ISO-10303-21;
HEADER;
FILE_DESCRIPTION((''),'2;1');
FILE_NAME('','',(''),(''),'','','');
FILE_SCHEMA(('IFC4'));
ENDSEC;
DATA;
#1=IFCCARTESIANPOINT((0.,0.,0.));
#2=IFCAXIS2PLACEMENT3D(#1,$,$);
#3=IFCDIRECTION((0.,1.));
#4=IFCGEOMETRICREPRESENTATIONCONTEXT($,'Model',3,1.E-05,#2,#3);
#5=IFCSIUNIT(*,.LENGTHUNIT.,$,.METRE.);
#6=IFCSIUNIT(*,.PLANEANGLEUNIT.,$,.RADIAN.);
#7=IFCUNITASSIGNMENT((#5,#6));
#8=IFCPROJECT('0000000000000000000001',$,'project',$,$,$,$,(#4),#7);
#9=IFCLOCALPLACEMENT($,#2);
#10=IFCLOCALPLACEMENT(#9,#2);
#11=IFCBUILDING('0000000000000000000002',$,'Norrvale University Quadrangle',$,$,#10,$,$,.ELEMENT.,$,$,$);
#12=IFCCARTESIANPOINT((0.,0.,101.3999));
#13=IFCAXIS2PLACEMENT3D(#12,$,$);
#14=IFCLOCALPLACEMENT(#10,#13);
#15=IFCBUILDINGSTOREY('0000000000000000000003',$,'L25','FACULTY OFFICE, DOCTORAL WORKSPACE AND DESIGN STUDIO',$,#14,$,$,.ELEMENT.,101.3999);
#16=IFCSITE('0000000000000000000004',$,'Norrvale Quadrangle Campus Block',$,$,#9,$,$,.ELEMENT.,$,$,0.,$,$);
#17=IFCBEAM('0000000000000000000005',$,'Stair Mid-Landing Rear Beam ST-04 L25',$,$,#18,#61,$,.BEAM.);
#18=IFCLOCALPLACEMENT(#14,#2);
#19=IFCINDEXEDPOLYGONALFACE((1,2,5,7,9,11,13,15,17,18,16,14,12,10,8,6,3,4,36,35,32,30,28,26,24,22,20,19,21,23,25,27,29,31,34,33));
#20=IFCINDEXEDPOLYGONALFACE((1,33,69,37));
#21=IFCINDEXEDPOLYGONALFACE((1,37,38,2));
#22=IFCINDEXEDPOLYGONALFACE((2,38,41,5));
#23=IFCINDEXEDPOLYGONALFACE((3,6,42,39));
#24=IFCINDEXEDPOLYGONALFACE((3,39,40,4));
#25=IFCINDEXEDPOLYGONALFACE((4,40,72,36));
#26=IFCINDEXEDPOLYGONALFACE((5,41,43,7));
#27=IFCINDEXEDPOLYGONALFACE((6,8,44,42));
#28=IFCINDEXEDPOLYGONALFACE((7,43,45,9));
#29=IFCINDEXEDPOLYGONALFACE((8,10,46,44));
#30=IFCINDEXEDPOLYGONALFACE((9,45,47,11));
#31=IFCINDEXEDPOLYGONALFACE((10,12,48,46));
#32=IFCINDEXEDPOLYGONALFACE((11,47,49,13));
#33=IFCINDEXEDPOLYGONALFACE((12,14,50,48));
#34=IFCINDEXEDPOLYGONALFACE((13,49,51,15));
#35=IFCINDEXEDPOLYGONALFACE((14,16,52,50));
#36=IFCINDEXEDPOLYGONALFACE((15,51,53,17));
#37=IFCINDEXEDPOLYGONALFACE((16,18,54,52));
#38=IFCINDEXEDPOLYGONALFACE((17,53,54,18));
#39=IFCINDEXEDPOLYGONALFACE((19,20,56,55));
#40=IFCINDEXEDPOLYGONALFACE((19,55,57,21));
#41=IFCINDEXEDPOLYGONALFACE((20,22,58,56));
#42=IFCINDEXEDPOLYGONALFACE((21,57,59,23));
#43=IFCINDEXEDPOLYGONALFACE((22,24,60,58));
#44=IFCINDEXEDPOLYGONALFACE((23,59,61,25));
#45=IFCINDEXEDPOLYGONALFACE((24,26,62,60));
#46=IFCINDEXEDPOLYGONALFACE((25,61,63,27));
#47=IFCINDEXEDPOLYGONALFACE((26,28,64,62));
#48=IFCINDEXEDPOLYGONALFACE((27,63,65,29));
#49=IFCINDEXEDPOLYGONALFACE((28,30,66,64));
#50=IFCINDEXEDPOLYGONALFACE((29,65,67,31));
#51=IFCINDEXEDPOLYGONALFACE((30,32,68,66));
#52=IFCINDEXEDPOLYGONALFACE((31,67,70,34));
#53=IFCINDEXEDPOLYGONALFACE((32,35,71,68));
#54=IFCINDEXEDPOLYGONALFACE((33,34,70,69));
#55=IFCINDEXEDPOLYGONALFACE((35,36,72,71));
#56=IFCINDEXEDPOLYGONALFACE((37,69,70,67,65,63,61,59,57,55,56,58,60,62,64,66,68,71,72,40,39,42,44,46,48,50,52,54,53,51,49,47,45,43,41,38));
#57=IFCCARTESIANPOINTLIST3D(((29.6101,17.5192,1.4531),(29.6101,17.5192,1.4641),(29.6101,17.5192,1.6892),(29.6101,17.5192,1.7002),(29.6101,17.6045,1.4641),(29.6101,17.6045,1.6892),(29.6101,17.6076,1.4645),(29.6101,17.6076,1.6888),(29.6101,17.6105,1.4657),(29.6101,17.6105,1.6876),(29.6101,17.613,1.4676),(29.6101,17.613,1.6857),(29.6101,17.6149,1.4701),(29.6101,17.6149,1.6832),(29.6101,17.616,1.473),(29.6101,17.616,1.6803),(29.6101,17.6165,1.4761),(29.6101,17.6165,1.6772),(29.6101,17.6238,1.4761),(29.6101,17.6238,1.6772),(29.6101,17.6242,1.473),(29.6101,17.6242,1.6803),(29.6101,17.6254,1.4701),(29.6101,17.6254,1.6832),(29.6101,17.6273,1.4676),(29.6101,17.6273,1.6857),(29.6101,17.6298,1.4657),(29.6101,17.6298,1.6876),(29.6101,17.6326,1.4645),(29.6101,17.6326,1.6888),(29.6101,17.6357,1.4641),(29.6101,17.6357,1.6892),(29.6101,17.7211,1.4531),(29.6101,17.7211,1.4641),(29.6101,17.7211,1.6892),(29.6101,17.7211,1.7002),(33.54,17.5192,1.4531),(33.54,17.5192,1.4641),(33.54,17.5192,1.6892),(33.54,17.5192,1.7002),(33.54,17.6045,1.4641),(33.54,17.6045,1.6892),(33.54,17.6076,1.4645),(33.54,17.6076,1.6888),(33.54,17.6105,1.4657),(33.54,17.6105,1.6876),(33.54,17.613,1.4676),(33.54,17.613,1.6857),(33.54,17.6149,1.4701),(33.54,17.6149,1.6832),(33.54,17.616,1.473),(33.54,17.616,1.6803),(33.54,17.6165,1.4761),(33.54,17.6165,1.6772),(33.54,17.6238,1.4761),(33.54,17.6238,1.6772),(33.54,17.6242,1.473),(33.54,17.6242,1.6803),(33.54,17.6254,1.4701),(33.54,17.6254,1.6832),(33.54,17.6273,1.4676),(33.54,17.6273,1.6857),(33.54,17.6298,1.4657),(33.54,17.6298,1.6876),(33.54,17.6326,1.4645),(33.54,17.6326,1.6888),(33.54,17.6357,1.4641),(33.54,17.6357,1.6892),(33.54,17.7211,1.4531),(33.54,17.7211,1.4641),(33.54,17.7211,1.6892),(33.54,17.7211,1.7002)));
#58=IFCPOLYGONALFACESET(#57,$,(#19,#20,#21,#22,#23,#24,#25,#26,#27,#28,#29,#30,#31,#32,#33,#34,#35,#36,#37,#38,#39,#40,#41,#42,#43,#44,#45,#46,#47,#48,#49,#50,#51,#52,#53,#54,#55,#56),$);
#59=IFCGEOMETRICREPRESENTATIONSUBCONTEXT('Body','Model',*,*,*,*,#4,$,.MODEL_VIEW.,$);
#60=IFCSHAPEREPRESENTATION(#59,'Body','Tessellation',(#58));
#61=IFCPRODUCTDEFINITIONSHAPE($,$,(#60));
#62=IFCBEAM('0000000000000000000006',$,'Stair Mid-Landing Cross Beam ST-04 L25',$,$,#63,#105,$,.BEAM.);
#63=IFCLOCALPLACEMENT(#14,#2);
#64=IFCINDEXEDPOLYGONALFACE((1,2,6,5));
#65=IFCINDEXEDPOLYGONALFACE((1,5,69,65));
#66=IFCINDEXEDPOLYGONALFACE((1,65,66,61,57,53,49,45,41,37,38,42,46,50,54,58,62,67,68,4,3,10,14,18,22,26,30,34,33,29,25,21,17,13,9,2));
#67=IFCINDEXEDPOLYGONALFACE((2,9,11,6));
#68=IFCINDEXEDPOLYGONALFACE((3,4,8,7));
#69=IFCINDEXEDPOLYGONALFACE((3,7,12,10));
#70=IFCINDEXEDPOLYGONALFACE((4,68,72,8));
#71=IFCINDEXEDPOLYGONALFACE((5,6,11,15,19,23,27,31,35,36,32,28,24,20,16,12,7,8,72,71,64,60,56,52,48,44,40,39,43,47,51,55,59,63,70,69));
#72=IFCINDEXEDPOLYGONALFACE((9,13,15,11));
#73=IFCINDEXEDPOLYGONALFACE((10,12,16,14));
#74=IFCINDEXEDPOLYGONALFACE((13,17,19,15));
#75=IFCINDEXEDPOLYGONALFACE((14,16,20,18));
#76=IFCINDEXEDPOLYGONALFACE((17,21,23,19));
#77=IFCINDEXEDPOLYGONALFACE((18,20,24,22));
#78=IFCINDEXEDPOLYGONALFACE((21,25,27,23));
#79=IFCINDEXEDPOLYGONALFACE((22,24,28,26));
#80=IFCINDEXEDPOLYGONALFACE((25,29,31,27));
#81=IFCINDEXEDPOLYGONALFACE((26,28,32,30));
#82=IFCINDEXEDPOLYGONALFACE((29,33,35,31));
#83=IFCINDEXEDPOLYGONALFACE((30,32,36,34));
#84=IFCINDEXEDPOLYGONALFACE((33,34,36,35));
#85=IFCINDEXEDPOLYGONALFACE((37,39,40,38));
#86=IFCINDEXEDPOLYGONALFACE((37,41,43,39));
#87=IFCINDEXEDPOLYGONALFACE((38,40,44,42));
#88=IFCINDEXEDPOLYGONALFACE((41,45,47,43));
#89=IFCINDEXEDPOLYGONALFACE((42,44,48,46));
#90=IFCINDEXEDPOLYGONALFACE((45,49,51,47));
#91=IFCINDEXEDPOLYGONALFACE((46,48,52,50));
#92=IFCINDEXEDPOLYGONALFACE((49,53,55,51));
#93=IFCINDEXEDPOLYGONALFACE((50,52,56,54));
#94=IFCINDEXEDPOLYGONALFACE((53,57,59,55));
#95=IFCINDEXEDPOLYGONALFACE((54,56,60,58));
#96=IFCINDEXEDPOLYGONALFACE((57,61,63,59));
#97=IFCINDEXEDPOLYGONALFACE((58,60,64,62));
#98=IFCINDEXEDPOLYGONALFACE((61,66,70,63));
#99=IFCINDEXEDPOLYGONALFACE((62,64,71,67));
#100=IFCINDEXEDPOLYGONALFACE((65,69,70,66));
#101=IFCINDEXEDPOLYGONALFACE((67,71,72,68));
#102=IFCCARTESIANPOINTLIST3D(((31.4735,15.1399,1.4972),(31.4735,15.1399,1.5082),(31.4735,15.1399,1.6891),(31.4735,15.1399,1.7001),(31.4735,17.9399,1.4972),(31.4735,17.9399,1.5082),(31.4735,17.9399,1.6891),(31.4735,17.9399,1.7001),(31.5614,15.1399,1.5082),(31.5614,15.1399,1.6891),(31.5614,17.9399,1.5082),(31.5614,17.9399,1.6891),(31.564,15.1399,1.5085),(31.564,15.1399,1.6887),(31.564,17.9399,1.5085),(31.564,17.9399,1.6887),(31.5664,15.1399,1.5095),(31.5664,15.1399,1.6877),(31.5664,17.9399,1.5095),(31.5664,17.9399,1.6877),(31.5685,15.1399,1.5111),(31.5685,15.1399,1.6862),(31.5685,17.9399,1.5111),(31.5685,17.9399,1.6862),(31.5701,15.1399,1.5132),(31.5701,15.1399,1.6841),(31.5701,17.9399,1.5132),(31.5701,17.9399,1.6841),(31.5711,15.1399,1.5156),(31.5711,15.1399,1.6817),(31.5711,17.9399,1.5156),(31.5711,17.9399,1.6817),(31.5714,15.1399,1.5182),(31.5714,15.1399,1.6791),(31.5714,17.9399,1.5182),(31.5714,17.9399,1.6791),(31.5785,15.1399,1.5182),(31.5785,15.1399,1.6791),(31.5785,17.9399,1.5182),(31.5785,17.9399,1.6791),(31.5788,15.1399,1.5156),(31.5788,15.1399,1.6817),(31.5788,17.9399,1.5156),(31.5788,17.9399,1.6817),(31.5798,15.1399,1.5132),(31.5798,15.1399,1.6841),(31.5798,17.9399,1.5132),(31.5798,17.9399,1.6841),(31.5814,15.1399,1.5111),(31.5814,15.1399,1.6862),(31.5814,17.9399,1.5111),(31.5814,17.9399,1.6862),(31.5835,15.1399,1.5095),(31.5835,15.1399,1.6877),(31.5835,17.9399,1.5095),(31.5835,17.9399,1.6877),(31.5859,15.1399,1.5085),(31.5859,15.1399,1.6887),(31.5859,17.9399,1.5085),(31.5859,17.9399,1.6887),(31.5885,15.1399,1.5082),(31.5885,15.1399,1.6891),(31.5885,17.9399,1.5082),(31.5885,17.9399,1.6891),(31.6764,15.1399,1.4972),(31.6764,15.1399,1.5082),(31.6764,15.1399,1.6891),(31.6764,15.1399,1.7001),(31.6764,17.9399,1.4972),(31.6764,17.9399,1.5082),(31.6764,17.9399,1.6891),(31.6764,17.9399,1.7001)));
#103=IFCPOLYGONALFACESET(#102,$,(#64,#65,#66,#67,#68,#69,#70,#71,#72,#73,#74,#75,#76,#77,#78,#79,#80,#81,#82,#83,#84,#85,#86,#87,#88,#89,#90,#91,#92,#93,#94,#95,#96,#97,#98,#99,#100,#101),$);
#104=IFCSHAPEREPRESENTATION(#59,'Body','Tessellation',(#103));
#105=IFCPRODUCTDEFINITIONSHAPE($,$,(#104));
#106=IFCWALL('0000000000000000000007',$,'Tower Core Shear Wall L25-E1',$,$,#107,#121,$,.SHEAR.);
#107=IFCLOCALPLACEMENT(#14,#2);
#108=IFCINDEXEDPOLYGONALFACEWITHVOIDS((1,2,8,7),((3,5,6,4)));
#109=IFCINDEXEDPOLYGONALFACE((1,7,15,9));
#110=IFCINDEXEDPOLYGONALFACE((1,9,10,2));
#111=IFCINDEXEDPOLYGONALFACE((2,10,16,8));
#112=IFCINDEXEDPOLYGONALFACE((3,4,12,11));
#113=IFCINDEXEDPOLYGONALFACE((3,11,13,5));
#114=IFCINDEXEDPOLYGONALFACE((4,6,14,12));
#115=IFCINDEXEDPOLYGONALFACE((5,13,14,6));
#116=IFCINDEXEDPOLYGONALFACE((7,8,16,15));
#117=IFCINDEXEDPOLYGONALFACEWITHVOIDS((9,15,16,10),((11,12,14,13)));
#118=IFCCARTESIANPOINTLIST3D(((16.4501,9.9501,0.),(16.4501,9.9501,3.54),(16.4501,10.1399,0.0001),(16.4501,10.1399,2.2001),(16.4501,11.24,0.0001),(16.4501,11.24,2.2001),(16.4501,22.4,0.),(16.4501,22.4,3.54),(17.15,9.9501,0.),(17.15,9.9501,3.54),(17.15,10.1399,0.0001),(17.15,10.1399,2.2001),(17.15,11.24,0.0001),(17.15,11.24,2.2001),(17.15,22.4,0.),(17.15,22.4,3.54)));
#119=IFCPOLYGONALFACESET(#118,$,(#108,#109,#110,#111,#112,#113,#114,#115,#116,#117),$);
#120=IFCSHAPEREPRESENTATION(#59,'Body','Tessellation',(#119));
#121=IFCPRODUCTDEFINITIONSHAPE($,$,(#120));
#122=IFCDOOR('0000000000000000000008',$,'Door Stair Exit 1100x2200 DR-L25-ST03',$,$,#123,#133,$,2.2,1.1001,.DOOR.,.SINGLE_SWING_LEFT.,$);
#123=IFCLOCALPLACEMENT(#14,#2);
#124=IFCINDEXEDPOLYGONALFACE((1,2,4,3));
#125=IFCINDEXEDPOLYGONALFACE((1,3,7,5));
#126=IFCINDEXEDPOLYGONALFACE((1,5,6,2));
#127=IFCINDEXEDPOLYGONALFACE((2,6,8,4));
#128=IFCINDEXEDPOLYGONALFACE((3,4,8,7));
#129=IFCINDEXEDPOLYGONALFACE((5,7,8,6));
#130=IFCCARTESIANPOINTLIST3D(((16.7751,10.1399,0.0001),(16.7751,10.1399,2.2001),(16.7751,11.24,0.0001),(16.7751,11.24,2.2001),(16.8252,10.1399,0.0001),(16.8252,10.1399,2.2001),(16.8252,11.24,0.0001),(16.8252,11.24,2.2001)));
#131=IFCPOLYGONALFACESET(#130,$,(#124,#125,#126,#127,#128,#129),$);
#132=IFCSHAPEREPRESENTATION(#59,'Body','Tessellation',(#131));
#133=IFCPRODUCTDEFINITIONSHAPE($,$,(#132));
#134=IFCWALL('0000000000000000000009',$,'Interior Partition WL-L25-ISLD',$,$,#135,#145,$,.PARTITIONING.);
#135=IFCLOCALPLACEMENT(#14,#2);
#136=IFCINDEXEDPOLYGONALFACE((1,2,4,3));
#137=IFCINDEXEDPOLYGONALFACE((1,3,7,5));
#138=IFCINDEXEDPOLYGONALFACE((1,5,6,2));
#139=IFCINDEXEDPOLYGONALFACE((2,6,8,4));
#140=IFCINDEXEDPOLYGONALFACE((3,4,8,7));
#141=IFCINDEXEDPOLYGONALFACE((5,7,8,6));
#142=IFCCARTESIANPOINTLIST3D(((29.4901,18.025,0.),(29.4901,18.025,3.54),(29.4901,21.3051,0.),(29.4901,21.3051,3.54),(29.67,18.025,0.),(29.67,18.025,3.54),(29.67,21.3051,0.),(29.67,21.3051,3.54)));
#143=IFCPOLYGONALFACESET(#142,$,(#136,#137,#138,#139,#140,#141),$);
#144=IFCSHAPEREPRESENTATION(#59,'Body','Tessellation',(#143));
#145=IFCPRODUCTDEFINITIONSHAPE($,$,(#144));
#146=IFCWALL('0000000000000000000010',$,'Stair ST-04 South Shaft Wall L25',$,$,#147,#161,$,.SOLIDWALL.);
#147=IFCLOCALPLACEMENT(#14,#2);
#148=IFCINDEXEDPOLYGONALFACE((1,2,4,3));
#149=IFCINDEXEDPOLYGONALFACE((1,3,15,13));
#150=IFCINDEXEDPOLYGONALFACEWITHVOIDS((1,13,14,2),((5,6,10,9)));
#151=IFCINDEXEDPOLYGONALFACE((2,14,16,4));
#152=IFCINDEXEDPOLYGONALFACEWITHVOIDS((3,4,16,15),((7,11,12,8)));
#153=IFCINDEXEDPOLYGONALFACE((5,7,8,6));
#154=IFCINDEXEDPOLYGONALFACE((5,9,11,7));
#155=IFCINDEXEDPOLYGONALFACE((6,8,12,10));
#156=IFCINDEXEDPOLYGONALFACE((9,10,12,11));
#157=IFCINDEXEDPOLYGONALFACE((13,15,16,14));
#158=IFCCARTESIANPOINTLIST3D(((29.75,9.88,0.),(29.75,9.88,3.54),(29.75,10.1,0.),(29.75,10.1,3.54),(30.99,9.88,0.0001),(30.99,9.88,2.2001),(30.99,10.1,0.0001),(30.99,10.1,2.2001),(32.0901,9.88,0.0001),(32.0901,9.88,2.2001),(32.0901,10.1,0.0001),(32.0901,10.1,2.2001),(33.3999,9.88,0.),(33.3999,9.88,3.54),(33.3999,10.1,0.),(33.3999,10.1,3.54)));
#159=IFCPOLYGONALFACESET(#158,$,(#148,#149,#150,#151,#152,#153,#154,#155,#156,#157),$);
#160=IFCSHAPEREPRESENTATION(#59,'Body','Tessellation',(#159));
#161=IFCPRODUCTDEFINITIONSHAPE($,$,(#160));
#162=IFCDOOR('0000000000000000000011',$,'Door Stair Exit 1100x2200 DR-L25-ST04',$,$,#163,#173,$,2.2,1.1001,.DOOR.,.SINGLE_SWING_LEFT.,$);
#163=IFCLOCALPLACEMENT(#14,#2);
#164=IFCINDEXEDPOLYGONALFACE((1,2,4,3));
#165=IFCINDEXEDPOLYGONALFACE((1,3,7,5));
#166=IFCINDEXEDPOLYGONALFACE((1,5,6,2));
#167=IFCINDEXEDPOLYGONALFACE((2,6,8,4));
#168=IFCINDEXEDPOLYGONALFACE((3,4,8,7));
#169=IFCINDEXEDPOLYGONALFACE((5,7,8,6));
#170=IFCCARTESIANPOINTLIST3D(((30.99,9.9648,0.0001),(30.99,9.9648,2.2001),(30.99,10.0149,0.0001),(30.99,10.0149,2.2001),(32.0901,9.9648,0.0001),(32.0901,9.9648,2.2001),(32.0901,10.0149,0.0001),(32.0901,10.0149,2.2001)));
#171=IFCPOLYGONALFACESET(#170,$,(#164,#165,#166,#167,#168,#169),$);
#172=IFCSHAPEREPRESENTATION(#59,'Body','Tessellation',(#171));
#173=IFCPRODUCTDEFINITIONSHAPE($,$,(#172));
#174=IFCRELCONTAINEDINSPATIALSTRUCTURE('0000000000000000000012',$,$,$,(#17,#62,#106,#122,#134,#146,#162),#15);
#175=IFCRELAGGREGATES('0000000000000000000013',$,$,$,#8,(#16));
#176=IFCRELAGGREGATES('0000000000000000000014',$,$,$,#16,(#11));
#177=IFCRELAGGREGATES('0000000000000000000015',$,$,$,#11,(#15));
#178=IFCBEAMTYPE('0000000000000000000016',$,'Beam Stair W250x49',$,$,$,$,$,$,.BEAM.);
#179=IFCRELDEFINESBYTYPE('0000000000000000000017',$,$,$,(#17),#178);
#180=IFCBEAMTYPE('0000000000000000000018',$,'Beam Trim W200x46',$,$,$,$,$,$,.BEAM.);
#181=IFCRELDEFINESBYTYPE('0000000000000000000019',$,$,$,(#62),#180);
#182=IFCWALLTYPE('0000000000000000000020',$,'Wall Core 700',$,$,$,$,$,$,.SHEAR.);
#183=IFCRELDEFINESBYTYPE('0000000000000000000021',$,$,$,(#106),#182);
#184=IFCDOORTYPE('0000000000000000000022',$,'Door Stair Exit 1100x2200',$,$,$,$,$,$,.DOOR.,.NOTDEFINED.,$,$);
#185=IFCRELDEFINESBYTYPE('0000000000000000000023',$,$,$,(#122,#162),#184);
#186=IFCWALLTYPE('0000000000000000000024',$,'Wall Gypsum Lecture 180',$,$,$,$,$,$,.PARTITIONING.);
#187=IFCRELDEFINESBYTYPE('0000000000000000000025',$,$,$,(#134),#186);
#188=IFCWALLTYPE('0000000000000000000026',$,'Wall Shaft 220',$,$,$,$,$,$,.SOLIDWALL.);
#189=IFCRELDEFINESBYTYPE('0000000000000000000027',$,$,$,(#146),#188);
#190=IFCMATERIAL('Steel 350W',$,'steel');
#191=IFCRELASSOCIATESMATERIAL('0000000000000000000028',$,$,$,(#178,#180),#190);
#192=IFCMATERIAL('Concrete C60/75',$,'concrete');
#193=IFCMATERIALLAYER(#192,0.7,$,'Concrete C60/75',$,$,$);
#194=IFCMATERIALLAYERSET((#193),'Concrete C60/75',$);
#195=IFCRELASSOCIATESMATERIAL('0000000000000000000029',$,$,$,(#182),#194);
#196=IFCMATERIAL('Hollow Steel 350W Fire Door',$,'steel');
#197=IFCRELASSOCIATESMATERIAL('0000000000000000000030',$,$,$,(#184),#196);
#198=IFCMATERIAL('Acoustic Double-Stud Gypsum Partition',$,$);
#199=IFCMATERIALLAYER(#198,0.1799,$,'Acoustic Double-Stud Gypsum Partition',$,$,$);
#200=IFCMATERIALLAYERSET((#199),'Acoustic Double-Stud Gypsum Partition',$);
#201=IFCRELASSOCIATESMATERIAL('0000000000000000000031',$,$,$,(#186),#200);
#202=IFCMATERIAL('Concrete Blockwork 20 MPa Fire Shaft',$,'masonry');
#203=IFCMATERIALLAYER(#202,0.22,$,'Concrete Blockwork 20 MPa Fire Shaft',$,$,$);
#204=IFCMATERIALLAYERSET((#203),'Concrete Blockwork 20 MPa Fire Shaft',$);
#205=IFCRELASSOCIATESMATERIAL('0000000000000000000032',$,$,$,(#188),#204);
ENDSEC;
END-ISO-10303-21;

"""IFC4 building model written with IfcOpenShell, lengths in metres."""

from ifc_helpers import new_model, si_unit, direction, frame, frame_2d, origin, origin_2d, place, context, subcontext, project, spatial, rectangle, i_section, extrude, material, layer, layer_set, material_profile, profile_set, type_object, element, fill, save


model = new_model("IFC4")

# Units and contexts
model_context = context("Model", 3, precision=1e-05, world=origin(), true_north=direction((0.0, 1.0)))
body_context = subcontext(model_context, "Body", "Model", "MODEL_VIEW")
ifc_project = project(units=[si_unit("LENGTHUNIT", "METRE"), si_unit("PLANEANGLEUNIT", "RADIAN")], contexts=[model_context])

# Site, building, storey
site_placement = place(None, origin())
site = spatial("IfcSite", under=ifc_project, at=site_placement, Name="Norrvale Quadrangle Campus Block", CompositionType="ELEMENT", RefElevation=0.0)
building_placement = place(site_placement, origin())
building = spatial("IfcBuilding", under=site, at=building_placement, Name="Norrvale University Quadrangle", CompositionType="ELEMENT")
storey_placement = place(building_placement, frame((0.0, 0.0, 101.3999)))
storey = spatial("IfcBuildingStorey", under=building, at=storey_placement, Name="L25", Description="FACULTY OFFICE, DOCTORAL WORKSPACE AND DESIGN STUDIO", CompositionType="ELEMENT", Elevation=101.3999)

# Shared definitions
ifc_material_1 = material(Name="Concrete C60/75", Category="concrete")

# Beams
ifc_material_2 = material(Name="Steel 350W", Category="steel")
ifc_material_profile_1 = material_profile(ifc_material_2, i_section(OverallWidth=0.2019, OverallDepth=0.2471, WebThickness=0.0073, FlangeThickness=0.011, FilletRadius=0.012, at=origin_2d()), Name="Steel 350W")
ifc_profile_set_1 = profile_set([ifc_material_profile_1], Name="Steel 350W")
beam_type_1 = type_object("IfcBeamType", Name="Beam Stair W250x49", PredefinedType="BEAM", material=ifc_profile_set_1)
for number, where, z_axis, x_axis, name in (
    (1, (29.6101, 17.6201, 1.5767), (1.0, 0.0, 0.0), (0.0, 1.0, 0.0), "Stair Mid-Landing Rear Beam ST-04 L25"),
):
    element("IfcBeam", number, at=place(storey_placement, frame(where, z_axis=z_axis, x_axis=x_axis)), inside=storey, type_object=beam_type_1, Name=name, PredefinedType="BEAM", context=body_context, shape_type="SweptSolid", body=[
        extrude(i_section(OverallWidth=0.2019, OverallDepth=0.2471, WebThickness=0.0073, FlangeThickness=0.011, FilletRadius=0.012, at=origin_2d()), origin(), (0.0, 0.0, 1.0), 3.9299),
    ])
ifc_material_profile_2 = material_profile(ifc_material_2, i_section(OverallWidth=0.2029, OverallDepth=0.2029, WebThickness=0.0071, FlangeThickness=0.011, FilletRadius=0.01, at=origin_2d()), Name="Steel 350W")
ifc_profile_set_2 = profile_set([ifc_material_profile_2], Name="Steel 350W")
beam_type_2 = type_object("IfcBeamType", Name="Beam Trim W200x46", PredefinedType="BEAM", material=ifc_profile_set_2)
beam_1_placement = place(storey_placement, frame((31.575, 15.1399, 1.5986), z_axis=(0.0, 1.0, 0.0), x_axis=(-1.0, 0.0, 0.0)))
element("IfcBeam", 2, at=beam_1_placement, inside=storey, type_object=beam_type_2, Name="Stair Mid-Landing Cross Beam ST-04 L25", PredefinedType="BEAM", context=body_context, shape_type="SweptSolid", body=[
    extrude(i_section(OverallWidth=0.2029, OverallDepth=0.2029, WebThickness=0.0071, FlangeThickness=0.011, FilletRadius=0.01, at=origin_2d()), origin(), (0.0, 0.0, 1.0), 2.8),
])

# Wall, opening, door
ifc_layer_1 = layer(ifc_material_1, 0.7, Name="Concrete C60/75")
ifc_layer_set_1 = layer_set([ifc_layer_1], Name="Concrete C60/75")
wall_type_1 = type_object("IfcWallType", Name="Wall Core 700", PredefinedType="SHEAR", material=ifc_layer_set_1)
wall_1_placement = place(storey_placement, frame((16.8, 9.95, 0.0), z_axis=(0.0, 0.0, 1.0), x_axis=(0.0, 1.0, 0.0)))
wall_1 = element("IfcWall", 3, at=wall_1_placement, inside=storey, type_object=wall_type_1, Name="Tower Core Shear Wall L25-E1", PredefinedType="SHEAR", context=body_context, shape_type="SweptSolid", body=[
    extrude(rectangle(XDim=12.45, YDim=0.7, at=frame_2d((6.2251, 0.0))), origin(), (0.0, 0.0, 1.0), 3.54),
])
opening_1_placement = place(wall_1_placement, frame((0.1899, 0.0, 0.0)))
opening_1 = element("IfcOpeningElement", 4, at=opening_1_placement, cuts=wall_1, PredefinedType="OPENING", context=body_context, shape_type="SweptSolid", body=[
    extrude(rectangle(XDim=1.1001, YDim=2.2, at=frame_2d((0.55, 1.1001))), frame((0.0, 0.3621, 0.0), z_axis=(0.0, -1.0, 0.0), x_axis=(1.0, 0.0, 0.0)), (0.0, 0.0, 1.0), 0.7239),
])
ifc_material_3 = material(Name="Hollow Steel 350W Fire Door", Category="steel")
door_type = type_object("IfcDoorType", Name="Door Stair Exit 1100x2200", OperationType="NOTDEFINED", PredefinedType="DOOR", material=ifc_material_3)
door_1_placement = place(opening_1_placement, origin())
door_1 = element("IfcDoor", 5, at=door_1_placement, inside=storey, type_object=door_type, Name="Door Stair Exit 1100x2200 DR-L25-ST03", OperationType="SINGLE_SWING_LEFT", OverallHeight=2.2, OverallWidth=1.1001, PredefinedType="DOOR", context=body_context, shape_type="SweptSolid", body=[
    extrude(rectangle(XDim=1.1001, YDim=2.2, at=frame_2d((0.55, 1.1001))), frame((0.0, 0.0249, 0.0), z_axis=(0.0, -1.0, 0.0), x_axis=(1.0, 0.0, 0.0)), (0.0, 0.0, 1.0), 0.05),
])
fill(opening_1, door_1)

# Wall
ifc_material_4 = material(Name="Acoustic Double-Stud Gypsum Partition")
ifc_layer_2 = layer(ifc_material_4, 0.1799, Name="Acoustic Double-Stud Gypsum Partition")
ifc_layer_set_2 = layer_set([ifc_layer_2], Name="Acoustic Double-Stud Gypsum Partition")
wall_type_2 = type_object("IfcWallType", Name="Wall Gypsum Lecture 180", PredefinedType="PARTITIONING", material=ifc_layer_set_2)
wall_2_placement = place(storey_placement, frame((29.5801, 18.0249, 0.0), z_axis=(0.0, 0.0, 1.0), x_axis=(0.0, 1.0, 0.0)))
element("IfcWall", 6, at=wall_2_placement, inside=storey, type_object=wall_type_2, Name="Interior Partition WL-L25-ISLD", PredefinedType="PARTITIONING", context=body_context, shape_type="SweptSolid", body=[
    extrude(rectangle(XDim=3.28, YDim=0.1799, at=frame_2d((1.6401, 0.0))), origin(), (0.0, 0.0, 1.0), 3.54),
])

# Wall, opening, door
ifc_material_5 = material(Name="Concrete Blockwork 20 MPa Fire Shaft", Category="masonry")
ifc_layer_3 = layer(ifc_material_5, 0.22, Name="Concrete Blockwork 20 MPa Fire Shaft")
ifc_layer_set_3 = layer_set([ifc_layer_3], Name="Concrete Blockwork 20 MPa Fire Shaft")
wall_type_3 = type_object("IfcWallType", Name="Wall Shaft 220", PredefinedType="SOLIDWALL", material=ifc_layer_set_3)
wall_3_placement = place(storey_placement, frame((29.75, 9.99, 0.0), z_axis=(0.0, 0.0, 1.0), x_axis=(1.0, 0.0, 0.0)))
wall_3 = element("IfcWall", 7, at=wall_3_placement, inside=storey, type_object=wall_type_3, Name="Stair ST-04 South Shaft Wall L25", PredefinedType="SOLIDWALL", context=body_context, shape_type="SweptSolid", body=[
    extrude(rectangle(XDim=3.6499, YDim=0.22, at=frame_2d((1.825, 0.0))), origin(), (0.0, 0.0, 1.0), 3.54),
])
opening_2_placement = place(wall_3_placement, frame((1.24, 0.0, 0.0)))
opening_2 = element("IfcOpeningElement", 8, at=opening_2_placement, cuts=wall_3, PredefinedType="OPENING", context=body_context, shape_type="SweptSolid", body=[
    extrude(rectangle(XDim=1.1001, YDim=2.2, at=frame_2d((0.55, 1.1001))), frame((0.0, 0.1221, 0.0), z_axis=(0.0, -1.0, 0.0), x_axis=(1.0, 0.0, 0.0)), (0.0, 0.0, 1.0), 0.2439),
])
door_2_placement = place(opening_2_placement, origin())
door_2 = element("IfcDoor", 9, at=door_2_placement, inside=storey, type_object=door_type, Name="Door Stair Exit 1100x2200 DR-L25-ST04", OperationType="SINGLE_SWING_LEFT", OverallHeight=2.2, OverallWidth=1.1001, PredefinedType="DOOR", context=body_context, shape_type="SweptSolid", body=[
    extrude(rectangle(XDim=1.1001, YDim=2.2, at=frame_2d((0.55, 1.1001))), frame((0.0, 0.0249, 0.0), z_axis=(0.0, -1.0, 0.0), x_axis=(1.0, 0.0, 0.0)), (0.0, 0.0, 1.0), 0.05),
])
fill(opening_2, door_2)

save(model, "model.ifc")
